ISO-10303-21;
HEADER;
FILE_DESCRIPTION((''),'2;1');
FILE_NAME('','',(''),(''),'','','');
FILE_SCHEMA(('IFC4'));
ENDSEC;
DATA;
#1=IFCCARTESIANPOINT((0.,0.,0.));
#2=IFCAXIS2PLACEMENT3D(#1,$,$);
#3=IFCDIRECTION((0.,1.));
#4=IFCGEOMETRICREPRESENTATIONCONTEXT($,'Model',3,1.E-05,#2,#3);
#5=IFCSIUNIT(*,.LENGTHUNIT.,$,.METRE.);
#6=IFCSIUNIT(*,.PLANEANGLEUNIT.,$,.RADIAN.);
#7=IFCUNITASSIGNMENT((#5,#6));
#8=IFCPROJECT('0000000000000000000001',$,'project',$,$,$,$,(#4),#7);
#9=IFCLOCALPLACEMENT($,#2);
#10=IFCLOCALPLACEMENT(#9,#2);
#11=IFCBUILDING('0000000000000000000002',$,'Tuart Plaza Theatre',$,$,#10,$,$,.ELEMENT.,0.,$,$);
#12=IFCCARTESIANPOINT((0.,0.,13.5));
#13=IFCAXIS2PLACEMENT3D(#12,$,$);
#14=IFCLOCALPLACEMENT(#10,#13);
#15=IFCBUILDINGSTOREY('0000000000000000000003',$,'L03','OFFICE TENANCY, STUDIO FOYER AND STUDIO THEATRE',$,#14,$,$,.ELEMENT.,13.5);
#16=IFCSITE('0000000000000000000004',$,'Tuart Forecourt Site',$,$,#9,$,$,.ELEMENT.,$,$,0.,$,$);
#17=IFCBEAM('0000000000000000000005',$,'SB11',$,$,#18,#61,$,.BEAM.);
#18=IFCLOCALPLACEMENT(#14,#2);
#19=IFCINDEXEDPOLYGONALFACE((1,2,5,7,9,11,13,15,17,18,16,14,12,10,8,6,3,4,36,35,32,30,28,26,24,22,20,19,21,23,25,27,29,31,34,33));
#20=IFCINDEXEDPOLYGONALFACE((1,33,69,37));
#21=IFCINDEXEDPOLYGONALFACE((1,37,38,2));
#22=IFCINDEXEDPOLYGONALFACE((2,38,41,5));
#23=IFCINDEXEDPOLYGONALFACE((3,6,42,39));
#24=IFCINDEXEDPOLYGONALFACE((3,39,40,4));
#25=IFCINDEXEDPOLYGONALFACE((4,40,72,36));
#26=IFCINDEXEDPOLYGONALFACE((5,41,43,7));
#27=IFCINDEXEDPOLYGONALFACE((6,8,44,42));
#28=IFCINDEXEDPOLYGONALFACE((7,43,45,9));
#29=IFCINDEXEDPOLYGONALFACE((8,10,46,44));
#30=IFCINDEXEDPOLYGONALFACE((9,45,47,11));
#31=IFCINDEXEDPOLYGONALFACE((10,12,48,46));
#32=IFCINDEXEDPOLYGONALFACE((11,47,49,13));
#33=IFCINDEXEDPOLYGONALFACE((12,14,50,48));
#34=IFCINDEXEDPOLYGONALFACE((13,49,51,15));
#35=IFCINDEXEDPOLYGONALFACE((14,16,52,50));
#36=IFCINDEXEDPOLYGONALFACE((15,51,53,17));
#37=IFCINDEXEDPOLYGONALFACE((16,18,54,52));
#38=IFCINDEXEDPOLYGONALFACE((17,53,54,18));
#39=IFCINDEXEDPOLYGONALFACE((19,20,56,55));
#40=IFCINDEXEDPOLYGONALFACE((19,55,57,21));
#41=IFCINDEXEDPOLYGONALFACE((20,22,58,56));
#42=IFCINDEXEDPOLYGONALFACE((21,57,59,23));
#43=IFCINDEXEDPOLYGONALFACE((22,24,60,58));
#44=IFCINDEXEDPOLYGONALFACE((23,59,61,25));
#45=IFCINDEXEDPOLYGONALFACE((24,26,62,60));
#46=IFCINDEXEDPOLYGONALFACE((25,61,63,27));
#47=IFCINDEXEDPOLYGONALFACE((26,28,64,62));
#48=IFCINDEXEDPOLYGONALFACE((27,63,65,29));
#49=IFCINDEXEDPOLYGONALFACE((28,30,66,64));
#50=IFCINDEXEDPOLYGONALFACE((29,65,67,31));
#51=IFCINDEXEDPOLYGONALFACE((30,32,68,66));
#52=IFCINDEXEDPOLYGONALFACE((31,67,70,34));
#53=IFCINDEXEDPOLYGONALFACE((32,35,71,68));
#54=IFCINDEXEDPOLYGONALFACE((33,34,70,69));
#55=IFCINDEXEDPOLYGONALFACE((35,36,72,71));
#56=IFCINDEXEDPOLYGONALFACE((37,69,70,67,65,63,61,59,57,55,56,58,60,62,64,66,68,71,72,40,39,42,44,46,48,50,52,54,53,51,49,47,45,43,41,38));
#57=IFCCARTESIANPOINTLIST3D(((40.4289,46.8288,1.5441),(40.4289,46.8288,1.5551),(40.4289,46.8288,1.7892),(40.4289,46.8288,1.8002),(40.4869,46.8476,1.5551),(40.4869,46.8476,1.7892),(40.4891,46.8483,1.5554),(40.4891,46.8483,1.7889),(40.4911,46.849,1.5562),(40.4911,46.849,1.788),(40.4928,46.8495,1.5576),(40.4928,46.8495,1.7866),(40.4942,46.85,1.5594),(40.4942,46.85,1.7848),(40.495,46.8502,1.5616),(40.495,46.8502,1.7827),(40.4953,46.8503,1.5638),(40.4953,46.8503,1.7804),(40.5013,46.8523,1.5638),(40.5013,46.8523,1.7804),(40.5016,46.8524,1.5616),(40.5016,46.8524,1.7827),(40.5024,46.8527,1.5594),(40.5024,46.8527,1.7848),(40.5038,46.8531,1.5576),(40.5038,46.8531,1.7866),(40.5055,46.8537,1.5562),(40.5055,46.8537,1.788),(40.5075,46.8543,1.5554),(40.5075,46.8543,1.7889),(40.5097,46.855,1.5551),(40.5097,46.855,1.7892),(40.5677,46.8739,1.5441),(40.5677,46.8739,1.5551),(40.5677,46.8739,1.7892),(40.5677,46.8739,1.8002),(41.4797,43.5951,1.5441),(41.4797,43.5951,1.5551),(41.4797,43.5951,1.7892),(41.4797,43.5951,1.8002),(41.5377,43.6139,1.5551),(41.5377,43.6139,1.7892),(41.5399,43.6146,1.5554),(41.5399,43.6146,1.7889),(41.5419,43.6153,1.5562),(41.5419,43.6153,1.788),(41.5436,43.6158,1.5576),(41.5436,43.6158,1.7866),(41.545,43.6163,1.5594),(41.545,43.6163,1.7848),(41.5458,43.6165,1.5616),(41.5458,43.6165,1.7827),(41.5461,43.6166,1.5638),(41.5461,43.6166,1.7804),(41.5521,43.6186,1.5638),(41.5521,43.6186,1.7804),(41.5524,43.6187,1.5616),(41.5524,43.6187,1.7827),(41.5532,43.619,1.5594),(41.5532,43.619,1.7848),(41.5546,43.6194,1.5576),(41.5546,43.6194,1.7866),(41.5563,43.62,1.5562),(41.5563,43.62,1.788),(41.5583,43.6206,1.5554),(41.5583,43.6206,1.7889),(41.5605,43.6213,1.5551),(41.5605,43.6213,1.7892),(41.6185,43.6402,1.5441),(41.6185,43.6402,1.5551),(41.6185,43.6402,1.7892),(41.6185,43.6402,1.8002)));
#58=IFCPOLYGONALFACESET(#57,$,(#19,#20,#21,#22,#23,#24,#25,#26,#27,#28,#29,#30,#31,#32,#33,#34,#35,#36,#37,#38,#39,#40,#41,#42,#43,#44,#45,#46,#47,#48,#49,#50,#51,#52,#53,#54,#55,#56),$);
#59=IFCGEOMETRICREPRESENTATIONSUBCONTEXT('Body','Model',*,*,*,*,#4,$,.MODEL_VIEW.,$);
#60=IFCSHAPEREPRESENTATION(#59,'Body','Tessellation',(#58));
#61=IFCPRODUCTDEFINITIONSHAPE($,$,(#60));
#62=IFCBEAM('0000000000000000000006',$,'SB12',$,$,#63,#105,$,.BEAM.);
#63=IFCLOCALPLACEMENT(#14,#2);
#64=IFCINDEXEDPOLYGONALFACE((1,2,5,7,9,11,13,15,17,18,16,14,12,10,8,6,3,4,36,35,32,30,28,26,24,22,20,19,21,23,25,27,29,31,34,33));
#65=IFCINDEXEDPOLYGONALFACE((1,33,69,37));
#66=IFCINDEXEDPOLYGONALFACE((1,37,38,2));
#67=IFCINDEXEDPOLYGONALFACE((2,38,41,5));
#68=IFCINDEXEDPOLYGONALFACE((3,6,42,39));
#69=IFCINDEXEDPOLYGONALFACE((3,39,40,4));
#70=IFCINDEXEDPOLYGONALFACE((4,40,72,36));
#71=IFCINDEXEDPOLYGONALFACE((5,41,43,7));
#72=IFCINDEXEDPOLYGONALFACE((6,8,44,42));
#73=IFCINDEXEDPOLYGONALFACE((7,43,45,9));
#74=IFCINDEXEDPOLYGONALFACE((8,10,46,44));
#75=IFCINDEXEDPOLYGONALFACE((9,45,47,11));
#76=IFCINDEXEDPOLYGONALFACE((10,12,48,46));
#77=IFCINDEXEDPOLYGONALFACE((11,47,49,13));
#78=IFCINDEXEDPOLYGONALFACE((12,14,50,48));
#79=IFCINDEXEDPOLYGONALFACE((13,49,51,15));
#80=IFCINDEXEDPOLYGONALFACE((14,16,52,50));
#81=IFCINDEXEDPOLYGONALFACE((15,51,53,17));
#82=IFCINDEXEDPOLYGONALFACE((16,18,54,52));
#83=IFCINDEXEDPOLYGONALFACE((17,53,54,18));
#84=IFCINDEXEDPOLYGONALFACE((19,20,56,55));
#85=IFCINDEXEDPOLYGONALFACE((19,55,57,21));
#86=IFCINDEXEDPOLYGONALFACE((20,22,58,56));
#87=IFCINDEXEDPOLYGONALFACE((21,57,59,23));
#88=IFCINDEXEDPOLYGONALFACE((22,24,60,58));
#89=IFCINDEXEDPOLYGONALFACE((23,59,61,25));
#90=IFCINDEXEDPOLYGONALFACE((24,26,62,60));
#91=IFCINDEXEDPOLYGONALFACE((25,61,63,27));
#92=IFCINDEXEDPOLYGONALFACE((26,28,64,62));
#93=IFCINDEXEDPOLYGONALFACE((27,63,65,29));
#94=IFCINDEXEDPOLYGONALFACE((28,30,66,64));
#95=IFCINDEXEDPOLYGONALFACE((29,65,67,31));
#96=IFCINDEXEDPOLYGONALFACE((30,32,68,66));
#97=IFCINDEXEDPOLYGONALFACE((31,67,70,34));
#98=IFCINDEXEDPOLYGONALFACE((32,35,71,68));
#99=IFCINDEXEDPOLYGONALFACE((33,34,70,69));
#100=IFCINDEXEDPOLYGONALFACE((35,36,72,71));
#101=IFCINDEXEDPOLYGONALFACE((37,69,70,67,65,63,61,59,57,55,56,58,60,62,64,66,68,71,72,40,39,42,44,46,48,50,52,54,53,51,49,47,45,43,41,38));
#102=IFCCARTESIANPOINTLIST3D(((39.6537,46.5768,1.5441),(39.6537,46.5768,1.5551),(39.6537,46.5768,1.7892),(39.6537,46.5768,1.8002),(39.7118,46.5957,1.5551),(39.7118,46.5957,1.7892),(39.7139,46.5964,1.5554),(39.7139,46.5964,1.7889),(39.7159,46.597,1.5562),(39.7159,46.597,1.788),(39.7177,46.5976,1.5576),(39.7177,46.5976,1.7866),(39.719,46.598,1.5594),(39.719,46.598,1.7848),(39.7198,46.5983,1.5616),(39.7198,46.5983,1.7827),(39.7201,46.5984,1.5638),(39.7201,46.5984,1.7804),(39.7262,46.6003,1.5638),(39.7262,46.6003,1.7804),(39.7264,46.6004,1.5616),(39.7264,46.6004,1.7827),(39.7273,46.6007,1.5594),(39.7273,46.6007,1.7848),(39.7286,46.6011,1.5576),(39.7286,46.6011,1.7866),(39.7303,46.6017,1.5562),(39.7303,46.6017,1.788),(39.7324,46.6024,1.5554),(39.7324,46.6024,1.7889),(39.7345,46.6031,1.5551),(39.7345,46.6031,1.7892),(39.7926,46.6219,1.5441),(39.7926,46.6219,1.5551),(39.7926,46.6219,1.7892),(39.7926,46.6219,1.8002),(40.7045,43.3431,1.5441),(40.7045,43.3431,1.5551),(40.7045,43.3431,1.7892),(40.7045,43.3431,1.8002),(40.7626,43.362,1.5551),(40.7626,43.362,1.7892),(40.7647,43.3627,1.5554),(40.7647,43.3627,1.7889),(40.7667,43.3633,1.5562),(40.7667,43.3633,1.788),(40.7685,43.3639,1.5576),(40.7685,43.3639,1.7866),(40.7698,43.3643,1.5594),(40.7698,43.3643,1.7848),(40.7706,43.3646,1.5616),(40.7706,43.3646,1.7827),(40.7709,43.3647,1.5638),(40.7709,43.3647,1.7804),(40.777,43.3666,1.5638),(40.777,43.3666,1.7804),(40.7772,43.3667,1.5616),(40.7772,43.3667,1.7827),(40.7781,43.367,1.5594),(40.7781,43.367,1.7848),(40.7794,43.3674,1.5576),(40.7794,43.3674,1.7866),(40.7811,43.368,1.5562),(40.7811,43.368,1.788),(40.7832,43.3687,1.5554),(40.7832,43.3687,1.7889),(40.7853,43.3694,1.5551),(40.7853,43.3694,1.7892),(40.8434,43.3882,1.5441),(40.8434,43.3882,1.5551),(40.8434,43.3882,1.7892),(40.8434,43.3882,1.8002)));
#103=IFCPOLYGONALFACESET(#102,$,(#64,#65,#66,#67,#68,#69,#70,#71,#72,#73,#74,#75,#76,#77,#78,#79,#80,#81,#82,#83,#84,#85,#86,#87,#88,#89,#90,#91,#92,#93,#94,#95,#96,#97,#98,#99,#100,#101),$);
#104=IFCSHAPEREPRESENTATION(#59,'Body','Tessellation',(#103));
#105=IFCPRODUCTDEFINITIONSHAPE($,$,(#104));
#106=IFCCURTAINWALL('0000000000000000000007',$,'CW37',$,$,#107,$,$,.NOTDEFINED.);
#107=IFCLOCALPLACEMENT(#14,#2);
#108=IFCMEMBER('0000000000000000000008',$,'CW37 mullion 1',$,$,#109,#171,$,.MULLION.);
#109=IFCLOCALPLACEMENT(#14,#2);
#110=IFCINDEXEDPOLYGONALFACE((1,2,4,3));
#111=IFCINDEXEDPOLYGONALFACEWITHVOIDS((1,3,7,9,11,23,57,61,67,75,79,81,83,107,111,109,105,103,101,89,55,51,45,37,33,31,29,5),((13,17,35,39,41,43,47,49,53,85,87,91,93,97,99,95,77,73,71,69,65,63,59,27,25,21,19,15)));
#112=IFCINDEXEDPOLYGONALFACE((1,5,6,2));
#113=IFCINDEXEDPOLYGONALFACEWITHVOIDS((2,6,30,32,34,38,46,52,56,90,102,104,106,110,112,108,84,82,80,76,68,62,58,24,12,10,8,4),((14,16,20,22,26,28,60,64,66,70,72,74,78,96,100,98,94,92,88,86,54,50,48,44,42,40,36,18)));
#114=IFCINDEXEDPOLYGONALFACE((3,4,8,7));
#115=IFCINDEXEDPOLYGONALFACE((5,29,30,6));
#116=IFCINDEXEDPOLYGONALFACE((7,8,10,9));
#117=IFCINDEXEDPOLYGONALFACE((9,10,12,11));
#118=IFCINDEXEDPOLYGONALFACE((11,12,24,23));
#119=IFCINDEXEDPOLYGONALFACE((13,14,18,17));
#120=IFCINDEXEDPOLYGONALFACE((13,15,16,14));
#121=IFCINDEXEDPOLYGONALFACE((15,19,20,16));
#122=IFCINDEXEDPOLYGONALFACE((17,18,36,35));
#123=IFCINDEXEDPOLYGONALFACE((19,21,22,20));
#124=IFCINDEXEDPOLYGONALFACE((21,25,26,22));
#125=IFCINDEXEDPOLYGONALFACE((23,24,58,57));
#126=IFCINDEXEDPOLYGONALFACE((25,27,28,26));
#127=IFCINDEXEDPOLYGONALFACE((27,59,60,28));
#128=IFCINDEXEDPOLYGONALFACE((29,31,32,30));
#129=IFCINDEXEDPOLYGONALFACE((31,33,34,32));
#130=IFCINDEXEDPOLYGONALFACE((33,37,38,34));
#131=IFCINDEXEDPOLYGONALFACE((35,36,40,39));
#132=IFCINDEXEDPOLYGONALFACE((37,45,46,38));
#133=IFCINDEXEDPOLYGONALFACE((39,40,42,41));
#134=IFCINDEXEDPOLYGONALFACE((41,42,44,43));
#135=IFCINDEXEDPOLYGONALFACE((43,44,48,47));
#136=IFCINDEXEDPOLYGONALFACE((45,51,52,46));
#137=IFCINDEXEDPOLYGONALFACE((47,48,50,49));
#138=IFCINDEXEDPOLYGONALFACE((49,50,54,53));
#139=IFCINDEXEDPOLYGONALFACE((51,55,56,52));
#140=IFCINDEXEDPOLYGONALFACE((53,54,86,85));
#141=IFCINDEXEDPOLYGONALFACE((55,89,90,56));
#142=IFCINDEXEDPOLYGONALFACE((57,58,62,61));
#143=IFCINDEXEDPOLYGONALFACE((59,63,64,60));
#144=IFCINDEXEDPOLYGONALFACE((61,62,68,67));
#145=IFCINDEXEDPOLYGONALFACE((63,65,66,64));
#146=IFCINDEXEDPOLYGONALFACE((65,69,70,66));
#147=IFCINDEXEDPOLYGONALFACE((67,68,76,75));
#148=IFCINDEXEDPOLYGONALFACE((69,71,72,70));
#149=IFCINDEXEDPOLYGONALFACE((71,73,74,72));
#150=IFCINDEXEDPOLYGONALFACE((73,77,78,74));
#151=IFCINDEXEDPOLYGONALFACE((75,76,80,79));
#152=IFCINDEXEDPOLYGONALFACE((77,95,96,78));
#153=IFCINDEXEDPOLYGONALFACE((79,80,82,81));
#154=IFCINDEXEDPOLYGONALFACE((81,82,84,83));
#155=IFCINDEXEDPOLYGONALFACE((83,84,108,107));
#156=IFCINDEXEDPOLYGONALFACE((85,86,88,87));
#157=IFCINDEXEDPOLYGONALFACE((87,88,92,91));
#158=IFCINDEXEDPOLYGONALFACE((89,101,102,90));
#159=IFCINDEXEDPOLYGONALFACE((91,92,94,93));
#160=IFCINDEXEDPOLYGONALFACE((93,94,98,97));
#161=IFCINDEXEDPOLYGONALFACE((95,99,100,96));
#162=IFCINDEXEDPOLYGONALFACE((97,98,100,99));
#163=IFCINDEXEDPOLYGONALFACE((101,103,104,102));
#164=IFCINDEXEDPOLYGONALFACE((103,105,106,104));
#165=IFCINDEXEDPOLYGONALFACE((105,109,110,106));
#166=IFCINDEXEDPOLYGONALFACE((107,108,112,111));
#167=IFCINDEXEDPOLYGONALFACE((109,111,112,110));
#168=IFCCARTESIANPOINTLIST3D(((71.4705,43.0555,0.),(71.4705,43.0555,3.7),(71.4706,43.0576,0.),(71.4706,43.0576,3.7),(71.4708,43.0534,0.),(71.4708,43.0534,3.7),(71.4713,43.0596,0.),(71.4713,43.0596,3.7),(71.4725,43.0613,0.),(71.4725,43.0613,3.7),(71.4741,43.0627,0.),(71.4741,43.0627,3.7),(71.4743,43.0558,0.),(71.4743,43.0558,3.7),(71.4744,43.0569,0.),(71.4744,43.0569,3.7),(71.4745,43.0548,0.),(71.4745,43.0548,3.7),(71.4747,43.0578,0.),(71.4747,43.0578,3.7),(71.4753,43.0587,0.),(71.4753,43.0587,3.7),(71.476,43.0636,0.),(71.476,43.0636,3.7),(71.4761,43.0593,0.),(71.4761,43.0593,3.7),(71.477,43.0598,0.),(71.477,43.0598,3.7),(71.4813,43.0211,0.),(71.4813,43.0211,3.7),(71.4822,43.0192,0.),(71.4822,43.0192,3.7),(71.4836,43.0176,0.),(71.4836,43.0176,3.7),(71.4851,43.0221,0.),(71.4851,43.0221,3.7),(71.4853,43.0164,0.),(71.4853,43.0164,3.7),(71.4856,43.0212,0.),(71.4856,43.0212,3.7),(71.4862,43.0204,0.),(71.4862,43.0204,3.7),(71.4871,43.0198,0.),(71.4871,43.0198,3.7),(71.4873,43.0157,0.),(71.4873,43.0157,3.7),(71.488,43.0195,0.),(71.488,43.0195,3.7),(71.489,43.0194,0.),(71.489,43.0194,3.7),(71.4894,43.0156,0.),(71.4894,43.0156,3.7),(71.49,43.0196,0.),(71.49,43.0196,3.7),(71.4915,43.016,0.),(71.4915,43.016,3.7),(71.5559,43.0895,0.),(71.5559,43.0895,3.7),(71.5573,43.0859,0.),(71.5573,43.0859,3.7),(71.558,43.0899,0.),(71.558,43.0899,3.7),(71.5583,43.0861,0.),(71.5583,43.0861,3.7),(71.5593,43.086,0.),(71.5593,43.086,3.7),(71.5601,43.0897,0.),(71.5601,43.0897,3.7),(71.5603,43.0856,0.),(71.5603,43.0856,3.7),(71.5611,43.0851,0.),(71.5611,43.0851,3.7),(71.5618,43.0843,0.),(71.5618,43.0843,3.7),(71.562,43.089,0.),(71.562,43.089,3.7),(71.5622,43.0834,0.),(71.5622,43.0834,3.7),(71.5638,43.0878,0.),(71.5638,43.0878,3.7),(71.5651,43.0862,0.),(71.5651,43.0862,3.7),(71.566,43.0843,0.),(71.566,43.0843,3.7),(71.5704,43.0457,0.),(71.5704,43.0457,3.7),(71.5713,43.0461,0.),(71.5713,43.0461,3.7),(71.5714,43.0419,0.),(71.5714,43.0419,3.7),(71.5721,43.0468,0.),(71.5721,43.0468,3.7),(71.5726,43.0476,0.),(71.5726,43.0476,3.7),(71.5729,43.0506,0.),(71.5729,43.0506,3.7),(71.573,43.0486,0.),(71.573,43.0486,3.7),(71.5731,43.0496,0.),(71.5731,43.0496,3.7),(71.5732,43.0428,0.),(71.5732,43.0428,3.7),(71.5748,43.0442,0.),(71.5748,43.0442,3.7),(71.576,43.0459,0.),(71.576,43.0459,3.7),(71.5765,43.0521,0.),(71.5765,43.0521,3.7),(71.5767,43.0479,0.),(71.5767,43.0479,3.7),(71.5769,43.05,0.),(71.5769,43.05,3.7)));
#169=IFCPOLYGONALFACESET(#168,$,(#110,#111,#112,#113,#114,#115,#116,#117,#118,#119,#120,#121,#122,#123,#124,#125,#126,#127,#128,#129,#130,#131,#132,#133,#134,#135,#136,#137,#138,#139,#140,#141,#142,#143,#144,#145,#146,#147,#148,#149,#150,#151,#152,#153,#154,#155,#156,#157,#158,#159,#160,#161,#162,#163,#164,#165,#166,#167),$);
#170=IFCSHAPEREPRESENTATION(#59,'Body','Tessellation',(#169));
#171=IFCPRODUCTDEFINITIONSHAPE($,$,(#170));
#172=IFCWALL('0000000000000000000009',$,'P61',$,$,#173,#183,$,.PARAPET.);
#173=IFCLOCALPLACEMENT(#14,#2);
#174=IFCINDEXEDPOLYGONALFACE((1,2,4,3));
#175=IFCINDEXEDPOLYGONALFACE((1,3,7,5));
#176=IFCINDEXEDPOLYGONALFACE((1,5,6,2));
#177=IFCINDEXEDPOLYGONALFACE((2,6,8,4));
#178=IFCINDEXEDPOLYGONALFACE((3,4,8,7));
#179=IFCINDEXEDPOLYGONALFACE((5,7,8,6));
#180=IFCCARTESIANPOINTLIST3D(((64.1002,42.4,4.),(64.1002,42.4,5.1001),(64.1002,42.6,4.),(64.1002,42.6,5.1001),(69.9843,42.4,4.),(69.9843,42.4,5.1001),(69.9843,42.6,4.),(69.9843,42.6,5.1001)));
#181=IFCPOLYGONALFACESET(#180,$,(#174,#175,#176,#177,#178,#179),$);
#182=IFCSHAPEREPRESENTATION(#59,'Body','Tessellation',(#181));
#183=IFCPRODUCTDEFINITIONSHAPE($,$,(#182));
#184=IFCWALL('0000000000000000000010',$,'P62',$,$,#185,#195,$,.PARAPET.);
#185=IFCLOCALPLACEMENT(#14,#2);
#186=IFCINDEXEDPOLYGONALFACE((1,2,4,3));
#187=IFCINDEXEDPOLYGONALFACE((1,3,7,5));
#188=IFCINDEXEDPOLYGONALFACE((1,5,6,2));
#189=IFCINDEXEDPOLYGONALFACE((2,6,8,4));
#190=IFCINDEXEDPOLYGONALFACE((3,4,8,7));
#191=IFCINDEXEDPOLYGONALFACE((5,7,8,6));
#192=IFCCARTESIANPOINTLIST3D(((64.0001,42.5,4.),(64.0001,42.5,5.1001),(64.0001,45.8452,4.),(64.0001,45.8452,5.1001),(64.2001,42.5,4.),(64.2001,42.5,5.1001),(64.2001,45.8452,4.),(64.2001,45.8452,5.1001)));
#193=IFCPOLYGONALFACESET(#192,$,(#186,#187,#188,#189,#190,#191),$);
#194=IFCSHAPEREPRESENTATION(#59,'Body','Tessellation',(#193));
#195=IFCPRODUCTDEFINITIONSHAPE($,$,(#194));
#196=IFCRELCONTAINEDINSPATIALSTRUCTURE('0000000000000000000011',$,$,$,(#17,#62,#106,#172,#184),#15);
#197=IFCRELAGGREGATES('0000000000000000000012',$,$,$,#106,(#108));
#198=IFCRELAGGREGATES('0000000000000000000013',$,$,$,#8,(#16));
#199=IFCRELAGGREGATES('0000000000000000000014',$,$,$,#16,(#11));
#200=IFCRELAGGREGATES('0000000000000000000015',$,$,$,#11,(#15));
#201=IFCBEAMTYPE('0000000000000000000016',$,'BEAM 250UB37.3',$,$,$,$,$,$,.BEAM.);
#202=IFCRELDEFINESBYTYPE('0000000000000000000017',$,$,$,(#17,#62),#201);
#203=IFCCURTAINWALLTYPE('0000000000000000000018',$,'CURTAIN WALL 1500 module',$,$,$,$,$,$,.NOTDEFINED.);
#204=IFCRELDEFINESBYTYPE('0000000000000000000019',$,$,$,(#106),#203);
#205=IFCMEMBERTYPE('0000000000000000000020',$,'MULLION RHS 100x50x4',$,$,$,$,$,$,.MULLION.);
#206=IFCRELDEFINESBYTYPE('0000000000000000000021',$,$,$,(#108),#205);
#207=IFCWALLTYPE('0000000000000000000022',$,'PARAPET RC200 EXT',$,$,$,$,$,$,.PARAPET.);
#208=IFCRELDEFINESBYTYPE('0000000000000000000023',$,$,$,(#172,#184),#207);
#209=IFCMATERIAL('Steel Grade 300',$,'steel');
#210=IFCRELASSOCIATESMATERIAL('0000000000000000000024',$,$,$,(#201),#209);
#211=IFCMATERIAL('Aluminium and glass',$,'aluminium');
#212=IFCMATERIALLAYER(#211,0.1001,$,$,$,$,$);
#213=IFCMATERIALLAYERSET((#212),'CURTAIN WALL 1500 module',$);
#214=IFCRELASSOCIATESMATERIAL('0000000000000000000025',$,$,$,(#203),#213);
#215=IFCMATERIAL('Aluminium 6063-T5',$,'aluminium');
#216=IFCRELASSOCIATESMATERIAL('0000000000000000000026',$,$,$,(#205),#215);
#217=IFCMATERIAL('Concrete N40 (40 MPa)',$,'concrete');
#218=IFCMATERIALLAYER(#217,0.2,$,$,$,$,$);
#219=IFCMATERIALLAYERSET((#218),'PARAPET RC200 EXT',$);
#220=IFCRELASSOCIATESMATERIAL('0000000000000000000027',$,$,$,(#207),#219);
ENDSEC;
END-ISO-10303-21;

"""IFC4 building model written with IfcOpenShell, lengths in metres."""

from ifc_helpers import new_model, si_unit, direction, frame, frame_2d, origin, origin_2d, place, context, subcontext, project, spatial, rectangle, hollow_rectangle, i_section, extrude, material, layer, layer_set, material_profile, profile_set, type_object, element, aggregate, save


model = new_model("IFC4")

# Units and contexts
model_context = context("Model", 3, precision=1e-05, world=origin(), true_north=direction((0.0, 1.0)))
body_context = subcontext(model_context, "Body", "Model", "MODEL_VIEW")
ifc_project = project(units=[si_unit("LENGTHUNIT", "METRE"), si_unit("PLANEANGLEUNIT", "RADIAN")], contexts=[model_context])

# Site, building, storey
site_placement = place(None, origin())
site = spatial("IfcSite", under=ifc_project, at=site_placement, Name="Tuart Forecourt Site", CompositionType="ELEMENT", RefElevation=0.0)
building_placement = place(site_placement, origin())
building = spatial("IfcBuilding", under=site, at=building_placement, Name="Tuart Plaza Theatre", CompositionType="ELEMENT", ElevationOfRefHeight=0.0)
storey_placement = place(building_placement, frame((0.0, 0.0, 13.5)))
storey = spatial("IfcBuildingStorey", under=building, at=storey_placement, Name="L03", Description="OFFICE TENANCY, STUDIO FOYER AND STUDIO THEATRE", CompositionType="ELEMENT", Elevation=13.5)

# Beams
ifc_material_1 = material(Name="Steel Grade 300", Category="steel")
ifc_material_profile_1 = material_profile(ifc_material_1, i_section(OverallWidth=0.146, OverallDepth=0.2561, WebThickness=0.0063, FlangeThickness=0.011, FilletRadius=0.0088, at=origin_2d()), Name="250UB37.3")
ifc_profile_set_1 = profile_set([ifc_material_profile_1], Name="Steel Grade 300")
beam_type = type_object("IfcBeamType", Name="BEAM 250UB37.3", PredefinedType="BEAM", material=ifc_profile_set_1)
for number, where, z_axis, x_axis, name in (
    (1, (40.4983, 46.8513, 1.6721), (0.309045, -0.951047, 0.0), (0.951047, 0.309045, 0.0), "SB11"),
    (2, (39.7231, 46.5994, 1.6721), (0.309045, -0.951047, 0.0), (0.951047, 0.309045, 0.0), "SB12"),
):
    element("IfcBeam", number, at=place(storey_placement, frame(where, z_axis=z_axis, x_axis=x_axis)), inside=storey, type_object=beam_type, Name=name, PredefinedType="BEAM", context=body_context, shape_type="SweptSolid", body=[
        extrude(i_section(OverallWidth=0.146, OverallDepth=0.2561, WebThickness=0.0063, FlangeThickness=0.011, FilletRadius=0.0088, at=origin_2d()), origin(), (0.0, 0.0, 1.0), 3.4001),
    ])

# Curtain wall, member
ifc_material_2 = material(Name="Aluminium and glass", Category="aluminium")
ifc_layer_1 = layer(ifc_material_2, 0.1001)
ifc_layer_set_1 = layer_set([ifc_layer_1], Name="CURTAIN WALL 1500 module")
curtain_wall_type = type_object("IfcCurtainWallType", Name="CURTAIN WALL 1500 module", PredefinedType="NOTDEFINED", material=ifc_layer_set_1)
curtain_wall_placement = place(storey_placement, origin())
curtain_wall = element("IfcCurtainWall", 3, at=curtain_wall_placement, inside=storey, type_object=curtain_wall_type, Name="CW37", PredefinedType="NOTDEFINED")
ifc_material_3 = material(Name="Aluminium 6063-T5", Category="aluminium")
ifc_material_profile_2 = material_profile(ifc_material_3, hollow_rectangle(XDim=0.05, YDim=0.1001, WallThickness=0.0039, InnerFilletRadius=0.0039, OuterFilletRadius=0.0081, at=origin_2d()), Name="RHS 100x50x4")
ifc_profile_set_2 = profile_set([ifc_material_profile_2], Name="Aluminium 6063-T5")
member_type = type_object("IfcMemberType", Name="MULLION RHS 100x50x4", PredefinedType="MULLION", material=ifc_profile_set_2)
member_placement = place(storey_placement, frame((71.5237, 43.0527, 0.0), z_axis=(0.0, 0.0, 1.0), x_axis=(-0.308986, 0.951067, 0.0)))
member = element("IfcMember", 4, at=member_placement, type_object=member_type, Name="CW37 mullion 1", PredefinedType="MULLION", context=body_context, shape_type="SweptSolid", body=[
    extrude(hollow_rectangle(XDim=0.05, YDim=0.1001, WallThickness=0.0039, InnerFilletRadius=0.0039, OuterFilletRadius=0.0081, at=origin_2d()), origin(), (0.0, 0.0, 1.0), 3.7),
])
aggregate(curtain_wall, [member])

# Walls
ifc_material_4 = material(Name="Concrete N40 (40 MPa)", Category="concrete")
ifc_layer_2 = layer(ifc_material_4, 0.2)
ifc_layer_set_2 = layer_set([ifc_layer_2], Name="PARAPET RC200 EXT")
wall_type_1 = type_object("IfcWallType", Name="PARAPET RC200 EXT", PredefinedType="PARAPET", material=ifc_layer_set_2)
wall_1_placement = place(storey_placement, frame((69.9841, 42.5, 4.0), z_axis=(0.0, 0.0, 1.0), x_axis=(-1.0, 0.0, 0.0)))
element("IfcWall", 5, at=wall_1_placement, inside=storey, type_object=wall_type_1, Name="P61", PredefinedType="PARAPET", context=body_context, shape_type="SweptSolid", body=[
    extrude(rectangle(XDim=5.884, YDim=0.2, at=frame_2d((2.9419, 0.0))), origin(), (0.0, 0.0, 1.0), 1.1001),
])
wall_2_placement = place(storey_placement, frame((64.1001, 42.5, 4.0), z_axis=(0.0, 0.0, 1.0), x_axis=(0.0, 1.0, 0.0)))
element("IfcWall", 6, at=wall_2_placement, inside=storey, type_object=wall_type_1, Name="P62", PredefinedType="PARAPET", context=body_context, shape_type="SweptSolid", body=[
    extrude(rectangle(XDim=3.3452, YDim=0.2, at=frame_2d((1.6726, 0.0))), origin(), (0.0, 0.0, 1.0), 1.1001),
])

save(model, "model.ifc")
